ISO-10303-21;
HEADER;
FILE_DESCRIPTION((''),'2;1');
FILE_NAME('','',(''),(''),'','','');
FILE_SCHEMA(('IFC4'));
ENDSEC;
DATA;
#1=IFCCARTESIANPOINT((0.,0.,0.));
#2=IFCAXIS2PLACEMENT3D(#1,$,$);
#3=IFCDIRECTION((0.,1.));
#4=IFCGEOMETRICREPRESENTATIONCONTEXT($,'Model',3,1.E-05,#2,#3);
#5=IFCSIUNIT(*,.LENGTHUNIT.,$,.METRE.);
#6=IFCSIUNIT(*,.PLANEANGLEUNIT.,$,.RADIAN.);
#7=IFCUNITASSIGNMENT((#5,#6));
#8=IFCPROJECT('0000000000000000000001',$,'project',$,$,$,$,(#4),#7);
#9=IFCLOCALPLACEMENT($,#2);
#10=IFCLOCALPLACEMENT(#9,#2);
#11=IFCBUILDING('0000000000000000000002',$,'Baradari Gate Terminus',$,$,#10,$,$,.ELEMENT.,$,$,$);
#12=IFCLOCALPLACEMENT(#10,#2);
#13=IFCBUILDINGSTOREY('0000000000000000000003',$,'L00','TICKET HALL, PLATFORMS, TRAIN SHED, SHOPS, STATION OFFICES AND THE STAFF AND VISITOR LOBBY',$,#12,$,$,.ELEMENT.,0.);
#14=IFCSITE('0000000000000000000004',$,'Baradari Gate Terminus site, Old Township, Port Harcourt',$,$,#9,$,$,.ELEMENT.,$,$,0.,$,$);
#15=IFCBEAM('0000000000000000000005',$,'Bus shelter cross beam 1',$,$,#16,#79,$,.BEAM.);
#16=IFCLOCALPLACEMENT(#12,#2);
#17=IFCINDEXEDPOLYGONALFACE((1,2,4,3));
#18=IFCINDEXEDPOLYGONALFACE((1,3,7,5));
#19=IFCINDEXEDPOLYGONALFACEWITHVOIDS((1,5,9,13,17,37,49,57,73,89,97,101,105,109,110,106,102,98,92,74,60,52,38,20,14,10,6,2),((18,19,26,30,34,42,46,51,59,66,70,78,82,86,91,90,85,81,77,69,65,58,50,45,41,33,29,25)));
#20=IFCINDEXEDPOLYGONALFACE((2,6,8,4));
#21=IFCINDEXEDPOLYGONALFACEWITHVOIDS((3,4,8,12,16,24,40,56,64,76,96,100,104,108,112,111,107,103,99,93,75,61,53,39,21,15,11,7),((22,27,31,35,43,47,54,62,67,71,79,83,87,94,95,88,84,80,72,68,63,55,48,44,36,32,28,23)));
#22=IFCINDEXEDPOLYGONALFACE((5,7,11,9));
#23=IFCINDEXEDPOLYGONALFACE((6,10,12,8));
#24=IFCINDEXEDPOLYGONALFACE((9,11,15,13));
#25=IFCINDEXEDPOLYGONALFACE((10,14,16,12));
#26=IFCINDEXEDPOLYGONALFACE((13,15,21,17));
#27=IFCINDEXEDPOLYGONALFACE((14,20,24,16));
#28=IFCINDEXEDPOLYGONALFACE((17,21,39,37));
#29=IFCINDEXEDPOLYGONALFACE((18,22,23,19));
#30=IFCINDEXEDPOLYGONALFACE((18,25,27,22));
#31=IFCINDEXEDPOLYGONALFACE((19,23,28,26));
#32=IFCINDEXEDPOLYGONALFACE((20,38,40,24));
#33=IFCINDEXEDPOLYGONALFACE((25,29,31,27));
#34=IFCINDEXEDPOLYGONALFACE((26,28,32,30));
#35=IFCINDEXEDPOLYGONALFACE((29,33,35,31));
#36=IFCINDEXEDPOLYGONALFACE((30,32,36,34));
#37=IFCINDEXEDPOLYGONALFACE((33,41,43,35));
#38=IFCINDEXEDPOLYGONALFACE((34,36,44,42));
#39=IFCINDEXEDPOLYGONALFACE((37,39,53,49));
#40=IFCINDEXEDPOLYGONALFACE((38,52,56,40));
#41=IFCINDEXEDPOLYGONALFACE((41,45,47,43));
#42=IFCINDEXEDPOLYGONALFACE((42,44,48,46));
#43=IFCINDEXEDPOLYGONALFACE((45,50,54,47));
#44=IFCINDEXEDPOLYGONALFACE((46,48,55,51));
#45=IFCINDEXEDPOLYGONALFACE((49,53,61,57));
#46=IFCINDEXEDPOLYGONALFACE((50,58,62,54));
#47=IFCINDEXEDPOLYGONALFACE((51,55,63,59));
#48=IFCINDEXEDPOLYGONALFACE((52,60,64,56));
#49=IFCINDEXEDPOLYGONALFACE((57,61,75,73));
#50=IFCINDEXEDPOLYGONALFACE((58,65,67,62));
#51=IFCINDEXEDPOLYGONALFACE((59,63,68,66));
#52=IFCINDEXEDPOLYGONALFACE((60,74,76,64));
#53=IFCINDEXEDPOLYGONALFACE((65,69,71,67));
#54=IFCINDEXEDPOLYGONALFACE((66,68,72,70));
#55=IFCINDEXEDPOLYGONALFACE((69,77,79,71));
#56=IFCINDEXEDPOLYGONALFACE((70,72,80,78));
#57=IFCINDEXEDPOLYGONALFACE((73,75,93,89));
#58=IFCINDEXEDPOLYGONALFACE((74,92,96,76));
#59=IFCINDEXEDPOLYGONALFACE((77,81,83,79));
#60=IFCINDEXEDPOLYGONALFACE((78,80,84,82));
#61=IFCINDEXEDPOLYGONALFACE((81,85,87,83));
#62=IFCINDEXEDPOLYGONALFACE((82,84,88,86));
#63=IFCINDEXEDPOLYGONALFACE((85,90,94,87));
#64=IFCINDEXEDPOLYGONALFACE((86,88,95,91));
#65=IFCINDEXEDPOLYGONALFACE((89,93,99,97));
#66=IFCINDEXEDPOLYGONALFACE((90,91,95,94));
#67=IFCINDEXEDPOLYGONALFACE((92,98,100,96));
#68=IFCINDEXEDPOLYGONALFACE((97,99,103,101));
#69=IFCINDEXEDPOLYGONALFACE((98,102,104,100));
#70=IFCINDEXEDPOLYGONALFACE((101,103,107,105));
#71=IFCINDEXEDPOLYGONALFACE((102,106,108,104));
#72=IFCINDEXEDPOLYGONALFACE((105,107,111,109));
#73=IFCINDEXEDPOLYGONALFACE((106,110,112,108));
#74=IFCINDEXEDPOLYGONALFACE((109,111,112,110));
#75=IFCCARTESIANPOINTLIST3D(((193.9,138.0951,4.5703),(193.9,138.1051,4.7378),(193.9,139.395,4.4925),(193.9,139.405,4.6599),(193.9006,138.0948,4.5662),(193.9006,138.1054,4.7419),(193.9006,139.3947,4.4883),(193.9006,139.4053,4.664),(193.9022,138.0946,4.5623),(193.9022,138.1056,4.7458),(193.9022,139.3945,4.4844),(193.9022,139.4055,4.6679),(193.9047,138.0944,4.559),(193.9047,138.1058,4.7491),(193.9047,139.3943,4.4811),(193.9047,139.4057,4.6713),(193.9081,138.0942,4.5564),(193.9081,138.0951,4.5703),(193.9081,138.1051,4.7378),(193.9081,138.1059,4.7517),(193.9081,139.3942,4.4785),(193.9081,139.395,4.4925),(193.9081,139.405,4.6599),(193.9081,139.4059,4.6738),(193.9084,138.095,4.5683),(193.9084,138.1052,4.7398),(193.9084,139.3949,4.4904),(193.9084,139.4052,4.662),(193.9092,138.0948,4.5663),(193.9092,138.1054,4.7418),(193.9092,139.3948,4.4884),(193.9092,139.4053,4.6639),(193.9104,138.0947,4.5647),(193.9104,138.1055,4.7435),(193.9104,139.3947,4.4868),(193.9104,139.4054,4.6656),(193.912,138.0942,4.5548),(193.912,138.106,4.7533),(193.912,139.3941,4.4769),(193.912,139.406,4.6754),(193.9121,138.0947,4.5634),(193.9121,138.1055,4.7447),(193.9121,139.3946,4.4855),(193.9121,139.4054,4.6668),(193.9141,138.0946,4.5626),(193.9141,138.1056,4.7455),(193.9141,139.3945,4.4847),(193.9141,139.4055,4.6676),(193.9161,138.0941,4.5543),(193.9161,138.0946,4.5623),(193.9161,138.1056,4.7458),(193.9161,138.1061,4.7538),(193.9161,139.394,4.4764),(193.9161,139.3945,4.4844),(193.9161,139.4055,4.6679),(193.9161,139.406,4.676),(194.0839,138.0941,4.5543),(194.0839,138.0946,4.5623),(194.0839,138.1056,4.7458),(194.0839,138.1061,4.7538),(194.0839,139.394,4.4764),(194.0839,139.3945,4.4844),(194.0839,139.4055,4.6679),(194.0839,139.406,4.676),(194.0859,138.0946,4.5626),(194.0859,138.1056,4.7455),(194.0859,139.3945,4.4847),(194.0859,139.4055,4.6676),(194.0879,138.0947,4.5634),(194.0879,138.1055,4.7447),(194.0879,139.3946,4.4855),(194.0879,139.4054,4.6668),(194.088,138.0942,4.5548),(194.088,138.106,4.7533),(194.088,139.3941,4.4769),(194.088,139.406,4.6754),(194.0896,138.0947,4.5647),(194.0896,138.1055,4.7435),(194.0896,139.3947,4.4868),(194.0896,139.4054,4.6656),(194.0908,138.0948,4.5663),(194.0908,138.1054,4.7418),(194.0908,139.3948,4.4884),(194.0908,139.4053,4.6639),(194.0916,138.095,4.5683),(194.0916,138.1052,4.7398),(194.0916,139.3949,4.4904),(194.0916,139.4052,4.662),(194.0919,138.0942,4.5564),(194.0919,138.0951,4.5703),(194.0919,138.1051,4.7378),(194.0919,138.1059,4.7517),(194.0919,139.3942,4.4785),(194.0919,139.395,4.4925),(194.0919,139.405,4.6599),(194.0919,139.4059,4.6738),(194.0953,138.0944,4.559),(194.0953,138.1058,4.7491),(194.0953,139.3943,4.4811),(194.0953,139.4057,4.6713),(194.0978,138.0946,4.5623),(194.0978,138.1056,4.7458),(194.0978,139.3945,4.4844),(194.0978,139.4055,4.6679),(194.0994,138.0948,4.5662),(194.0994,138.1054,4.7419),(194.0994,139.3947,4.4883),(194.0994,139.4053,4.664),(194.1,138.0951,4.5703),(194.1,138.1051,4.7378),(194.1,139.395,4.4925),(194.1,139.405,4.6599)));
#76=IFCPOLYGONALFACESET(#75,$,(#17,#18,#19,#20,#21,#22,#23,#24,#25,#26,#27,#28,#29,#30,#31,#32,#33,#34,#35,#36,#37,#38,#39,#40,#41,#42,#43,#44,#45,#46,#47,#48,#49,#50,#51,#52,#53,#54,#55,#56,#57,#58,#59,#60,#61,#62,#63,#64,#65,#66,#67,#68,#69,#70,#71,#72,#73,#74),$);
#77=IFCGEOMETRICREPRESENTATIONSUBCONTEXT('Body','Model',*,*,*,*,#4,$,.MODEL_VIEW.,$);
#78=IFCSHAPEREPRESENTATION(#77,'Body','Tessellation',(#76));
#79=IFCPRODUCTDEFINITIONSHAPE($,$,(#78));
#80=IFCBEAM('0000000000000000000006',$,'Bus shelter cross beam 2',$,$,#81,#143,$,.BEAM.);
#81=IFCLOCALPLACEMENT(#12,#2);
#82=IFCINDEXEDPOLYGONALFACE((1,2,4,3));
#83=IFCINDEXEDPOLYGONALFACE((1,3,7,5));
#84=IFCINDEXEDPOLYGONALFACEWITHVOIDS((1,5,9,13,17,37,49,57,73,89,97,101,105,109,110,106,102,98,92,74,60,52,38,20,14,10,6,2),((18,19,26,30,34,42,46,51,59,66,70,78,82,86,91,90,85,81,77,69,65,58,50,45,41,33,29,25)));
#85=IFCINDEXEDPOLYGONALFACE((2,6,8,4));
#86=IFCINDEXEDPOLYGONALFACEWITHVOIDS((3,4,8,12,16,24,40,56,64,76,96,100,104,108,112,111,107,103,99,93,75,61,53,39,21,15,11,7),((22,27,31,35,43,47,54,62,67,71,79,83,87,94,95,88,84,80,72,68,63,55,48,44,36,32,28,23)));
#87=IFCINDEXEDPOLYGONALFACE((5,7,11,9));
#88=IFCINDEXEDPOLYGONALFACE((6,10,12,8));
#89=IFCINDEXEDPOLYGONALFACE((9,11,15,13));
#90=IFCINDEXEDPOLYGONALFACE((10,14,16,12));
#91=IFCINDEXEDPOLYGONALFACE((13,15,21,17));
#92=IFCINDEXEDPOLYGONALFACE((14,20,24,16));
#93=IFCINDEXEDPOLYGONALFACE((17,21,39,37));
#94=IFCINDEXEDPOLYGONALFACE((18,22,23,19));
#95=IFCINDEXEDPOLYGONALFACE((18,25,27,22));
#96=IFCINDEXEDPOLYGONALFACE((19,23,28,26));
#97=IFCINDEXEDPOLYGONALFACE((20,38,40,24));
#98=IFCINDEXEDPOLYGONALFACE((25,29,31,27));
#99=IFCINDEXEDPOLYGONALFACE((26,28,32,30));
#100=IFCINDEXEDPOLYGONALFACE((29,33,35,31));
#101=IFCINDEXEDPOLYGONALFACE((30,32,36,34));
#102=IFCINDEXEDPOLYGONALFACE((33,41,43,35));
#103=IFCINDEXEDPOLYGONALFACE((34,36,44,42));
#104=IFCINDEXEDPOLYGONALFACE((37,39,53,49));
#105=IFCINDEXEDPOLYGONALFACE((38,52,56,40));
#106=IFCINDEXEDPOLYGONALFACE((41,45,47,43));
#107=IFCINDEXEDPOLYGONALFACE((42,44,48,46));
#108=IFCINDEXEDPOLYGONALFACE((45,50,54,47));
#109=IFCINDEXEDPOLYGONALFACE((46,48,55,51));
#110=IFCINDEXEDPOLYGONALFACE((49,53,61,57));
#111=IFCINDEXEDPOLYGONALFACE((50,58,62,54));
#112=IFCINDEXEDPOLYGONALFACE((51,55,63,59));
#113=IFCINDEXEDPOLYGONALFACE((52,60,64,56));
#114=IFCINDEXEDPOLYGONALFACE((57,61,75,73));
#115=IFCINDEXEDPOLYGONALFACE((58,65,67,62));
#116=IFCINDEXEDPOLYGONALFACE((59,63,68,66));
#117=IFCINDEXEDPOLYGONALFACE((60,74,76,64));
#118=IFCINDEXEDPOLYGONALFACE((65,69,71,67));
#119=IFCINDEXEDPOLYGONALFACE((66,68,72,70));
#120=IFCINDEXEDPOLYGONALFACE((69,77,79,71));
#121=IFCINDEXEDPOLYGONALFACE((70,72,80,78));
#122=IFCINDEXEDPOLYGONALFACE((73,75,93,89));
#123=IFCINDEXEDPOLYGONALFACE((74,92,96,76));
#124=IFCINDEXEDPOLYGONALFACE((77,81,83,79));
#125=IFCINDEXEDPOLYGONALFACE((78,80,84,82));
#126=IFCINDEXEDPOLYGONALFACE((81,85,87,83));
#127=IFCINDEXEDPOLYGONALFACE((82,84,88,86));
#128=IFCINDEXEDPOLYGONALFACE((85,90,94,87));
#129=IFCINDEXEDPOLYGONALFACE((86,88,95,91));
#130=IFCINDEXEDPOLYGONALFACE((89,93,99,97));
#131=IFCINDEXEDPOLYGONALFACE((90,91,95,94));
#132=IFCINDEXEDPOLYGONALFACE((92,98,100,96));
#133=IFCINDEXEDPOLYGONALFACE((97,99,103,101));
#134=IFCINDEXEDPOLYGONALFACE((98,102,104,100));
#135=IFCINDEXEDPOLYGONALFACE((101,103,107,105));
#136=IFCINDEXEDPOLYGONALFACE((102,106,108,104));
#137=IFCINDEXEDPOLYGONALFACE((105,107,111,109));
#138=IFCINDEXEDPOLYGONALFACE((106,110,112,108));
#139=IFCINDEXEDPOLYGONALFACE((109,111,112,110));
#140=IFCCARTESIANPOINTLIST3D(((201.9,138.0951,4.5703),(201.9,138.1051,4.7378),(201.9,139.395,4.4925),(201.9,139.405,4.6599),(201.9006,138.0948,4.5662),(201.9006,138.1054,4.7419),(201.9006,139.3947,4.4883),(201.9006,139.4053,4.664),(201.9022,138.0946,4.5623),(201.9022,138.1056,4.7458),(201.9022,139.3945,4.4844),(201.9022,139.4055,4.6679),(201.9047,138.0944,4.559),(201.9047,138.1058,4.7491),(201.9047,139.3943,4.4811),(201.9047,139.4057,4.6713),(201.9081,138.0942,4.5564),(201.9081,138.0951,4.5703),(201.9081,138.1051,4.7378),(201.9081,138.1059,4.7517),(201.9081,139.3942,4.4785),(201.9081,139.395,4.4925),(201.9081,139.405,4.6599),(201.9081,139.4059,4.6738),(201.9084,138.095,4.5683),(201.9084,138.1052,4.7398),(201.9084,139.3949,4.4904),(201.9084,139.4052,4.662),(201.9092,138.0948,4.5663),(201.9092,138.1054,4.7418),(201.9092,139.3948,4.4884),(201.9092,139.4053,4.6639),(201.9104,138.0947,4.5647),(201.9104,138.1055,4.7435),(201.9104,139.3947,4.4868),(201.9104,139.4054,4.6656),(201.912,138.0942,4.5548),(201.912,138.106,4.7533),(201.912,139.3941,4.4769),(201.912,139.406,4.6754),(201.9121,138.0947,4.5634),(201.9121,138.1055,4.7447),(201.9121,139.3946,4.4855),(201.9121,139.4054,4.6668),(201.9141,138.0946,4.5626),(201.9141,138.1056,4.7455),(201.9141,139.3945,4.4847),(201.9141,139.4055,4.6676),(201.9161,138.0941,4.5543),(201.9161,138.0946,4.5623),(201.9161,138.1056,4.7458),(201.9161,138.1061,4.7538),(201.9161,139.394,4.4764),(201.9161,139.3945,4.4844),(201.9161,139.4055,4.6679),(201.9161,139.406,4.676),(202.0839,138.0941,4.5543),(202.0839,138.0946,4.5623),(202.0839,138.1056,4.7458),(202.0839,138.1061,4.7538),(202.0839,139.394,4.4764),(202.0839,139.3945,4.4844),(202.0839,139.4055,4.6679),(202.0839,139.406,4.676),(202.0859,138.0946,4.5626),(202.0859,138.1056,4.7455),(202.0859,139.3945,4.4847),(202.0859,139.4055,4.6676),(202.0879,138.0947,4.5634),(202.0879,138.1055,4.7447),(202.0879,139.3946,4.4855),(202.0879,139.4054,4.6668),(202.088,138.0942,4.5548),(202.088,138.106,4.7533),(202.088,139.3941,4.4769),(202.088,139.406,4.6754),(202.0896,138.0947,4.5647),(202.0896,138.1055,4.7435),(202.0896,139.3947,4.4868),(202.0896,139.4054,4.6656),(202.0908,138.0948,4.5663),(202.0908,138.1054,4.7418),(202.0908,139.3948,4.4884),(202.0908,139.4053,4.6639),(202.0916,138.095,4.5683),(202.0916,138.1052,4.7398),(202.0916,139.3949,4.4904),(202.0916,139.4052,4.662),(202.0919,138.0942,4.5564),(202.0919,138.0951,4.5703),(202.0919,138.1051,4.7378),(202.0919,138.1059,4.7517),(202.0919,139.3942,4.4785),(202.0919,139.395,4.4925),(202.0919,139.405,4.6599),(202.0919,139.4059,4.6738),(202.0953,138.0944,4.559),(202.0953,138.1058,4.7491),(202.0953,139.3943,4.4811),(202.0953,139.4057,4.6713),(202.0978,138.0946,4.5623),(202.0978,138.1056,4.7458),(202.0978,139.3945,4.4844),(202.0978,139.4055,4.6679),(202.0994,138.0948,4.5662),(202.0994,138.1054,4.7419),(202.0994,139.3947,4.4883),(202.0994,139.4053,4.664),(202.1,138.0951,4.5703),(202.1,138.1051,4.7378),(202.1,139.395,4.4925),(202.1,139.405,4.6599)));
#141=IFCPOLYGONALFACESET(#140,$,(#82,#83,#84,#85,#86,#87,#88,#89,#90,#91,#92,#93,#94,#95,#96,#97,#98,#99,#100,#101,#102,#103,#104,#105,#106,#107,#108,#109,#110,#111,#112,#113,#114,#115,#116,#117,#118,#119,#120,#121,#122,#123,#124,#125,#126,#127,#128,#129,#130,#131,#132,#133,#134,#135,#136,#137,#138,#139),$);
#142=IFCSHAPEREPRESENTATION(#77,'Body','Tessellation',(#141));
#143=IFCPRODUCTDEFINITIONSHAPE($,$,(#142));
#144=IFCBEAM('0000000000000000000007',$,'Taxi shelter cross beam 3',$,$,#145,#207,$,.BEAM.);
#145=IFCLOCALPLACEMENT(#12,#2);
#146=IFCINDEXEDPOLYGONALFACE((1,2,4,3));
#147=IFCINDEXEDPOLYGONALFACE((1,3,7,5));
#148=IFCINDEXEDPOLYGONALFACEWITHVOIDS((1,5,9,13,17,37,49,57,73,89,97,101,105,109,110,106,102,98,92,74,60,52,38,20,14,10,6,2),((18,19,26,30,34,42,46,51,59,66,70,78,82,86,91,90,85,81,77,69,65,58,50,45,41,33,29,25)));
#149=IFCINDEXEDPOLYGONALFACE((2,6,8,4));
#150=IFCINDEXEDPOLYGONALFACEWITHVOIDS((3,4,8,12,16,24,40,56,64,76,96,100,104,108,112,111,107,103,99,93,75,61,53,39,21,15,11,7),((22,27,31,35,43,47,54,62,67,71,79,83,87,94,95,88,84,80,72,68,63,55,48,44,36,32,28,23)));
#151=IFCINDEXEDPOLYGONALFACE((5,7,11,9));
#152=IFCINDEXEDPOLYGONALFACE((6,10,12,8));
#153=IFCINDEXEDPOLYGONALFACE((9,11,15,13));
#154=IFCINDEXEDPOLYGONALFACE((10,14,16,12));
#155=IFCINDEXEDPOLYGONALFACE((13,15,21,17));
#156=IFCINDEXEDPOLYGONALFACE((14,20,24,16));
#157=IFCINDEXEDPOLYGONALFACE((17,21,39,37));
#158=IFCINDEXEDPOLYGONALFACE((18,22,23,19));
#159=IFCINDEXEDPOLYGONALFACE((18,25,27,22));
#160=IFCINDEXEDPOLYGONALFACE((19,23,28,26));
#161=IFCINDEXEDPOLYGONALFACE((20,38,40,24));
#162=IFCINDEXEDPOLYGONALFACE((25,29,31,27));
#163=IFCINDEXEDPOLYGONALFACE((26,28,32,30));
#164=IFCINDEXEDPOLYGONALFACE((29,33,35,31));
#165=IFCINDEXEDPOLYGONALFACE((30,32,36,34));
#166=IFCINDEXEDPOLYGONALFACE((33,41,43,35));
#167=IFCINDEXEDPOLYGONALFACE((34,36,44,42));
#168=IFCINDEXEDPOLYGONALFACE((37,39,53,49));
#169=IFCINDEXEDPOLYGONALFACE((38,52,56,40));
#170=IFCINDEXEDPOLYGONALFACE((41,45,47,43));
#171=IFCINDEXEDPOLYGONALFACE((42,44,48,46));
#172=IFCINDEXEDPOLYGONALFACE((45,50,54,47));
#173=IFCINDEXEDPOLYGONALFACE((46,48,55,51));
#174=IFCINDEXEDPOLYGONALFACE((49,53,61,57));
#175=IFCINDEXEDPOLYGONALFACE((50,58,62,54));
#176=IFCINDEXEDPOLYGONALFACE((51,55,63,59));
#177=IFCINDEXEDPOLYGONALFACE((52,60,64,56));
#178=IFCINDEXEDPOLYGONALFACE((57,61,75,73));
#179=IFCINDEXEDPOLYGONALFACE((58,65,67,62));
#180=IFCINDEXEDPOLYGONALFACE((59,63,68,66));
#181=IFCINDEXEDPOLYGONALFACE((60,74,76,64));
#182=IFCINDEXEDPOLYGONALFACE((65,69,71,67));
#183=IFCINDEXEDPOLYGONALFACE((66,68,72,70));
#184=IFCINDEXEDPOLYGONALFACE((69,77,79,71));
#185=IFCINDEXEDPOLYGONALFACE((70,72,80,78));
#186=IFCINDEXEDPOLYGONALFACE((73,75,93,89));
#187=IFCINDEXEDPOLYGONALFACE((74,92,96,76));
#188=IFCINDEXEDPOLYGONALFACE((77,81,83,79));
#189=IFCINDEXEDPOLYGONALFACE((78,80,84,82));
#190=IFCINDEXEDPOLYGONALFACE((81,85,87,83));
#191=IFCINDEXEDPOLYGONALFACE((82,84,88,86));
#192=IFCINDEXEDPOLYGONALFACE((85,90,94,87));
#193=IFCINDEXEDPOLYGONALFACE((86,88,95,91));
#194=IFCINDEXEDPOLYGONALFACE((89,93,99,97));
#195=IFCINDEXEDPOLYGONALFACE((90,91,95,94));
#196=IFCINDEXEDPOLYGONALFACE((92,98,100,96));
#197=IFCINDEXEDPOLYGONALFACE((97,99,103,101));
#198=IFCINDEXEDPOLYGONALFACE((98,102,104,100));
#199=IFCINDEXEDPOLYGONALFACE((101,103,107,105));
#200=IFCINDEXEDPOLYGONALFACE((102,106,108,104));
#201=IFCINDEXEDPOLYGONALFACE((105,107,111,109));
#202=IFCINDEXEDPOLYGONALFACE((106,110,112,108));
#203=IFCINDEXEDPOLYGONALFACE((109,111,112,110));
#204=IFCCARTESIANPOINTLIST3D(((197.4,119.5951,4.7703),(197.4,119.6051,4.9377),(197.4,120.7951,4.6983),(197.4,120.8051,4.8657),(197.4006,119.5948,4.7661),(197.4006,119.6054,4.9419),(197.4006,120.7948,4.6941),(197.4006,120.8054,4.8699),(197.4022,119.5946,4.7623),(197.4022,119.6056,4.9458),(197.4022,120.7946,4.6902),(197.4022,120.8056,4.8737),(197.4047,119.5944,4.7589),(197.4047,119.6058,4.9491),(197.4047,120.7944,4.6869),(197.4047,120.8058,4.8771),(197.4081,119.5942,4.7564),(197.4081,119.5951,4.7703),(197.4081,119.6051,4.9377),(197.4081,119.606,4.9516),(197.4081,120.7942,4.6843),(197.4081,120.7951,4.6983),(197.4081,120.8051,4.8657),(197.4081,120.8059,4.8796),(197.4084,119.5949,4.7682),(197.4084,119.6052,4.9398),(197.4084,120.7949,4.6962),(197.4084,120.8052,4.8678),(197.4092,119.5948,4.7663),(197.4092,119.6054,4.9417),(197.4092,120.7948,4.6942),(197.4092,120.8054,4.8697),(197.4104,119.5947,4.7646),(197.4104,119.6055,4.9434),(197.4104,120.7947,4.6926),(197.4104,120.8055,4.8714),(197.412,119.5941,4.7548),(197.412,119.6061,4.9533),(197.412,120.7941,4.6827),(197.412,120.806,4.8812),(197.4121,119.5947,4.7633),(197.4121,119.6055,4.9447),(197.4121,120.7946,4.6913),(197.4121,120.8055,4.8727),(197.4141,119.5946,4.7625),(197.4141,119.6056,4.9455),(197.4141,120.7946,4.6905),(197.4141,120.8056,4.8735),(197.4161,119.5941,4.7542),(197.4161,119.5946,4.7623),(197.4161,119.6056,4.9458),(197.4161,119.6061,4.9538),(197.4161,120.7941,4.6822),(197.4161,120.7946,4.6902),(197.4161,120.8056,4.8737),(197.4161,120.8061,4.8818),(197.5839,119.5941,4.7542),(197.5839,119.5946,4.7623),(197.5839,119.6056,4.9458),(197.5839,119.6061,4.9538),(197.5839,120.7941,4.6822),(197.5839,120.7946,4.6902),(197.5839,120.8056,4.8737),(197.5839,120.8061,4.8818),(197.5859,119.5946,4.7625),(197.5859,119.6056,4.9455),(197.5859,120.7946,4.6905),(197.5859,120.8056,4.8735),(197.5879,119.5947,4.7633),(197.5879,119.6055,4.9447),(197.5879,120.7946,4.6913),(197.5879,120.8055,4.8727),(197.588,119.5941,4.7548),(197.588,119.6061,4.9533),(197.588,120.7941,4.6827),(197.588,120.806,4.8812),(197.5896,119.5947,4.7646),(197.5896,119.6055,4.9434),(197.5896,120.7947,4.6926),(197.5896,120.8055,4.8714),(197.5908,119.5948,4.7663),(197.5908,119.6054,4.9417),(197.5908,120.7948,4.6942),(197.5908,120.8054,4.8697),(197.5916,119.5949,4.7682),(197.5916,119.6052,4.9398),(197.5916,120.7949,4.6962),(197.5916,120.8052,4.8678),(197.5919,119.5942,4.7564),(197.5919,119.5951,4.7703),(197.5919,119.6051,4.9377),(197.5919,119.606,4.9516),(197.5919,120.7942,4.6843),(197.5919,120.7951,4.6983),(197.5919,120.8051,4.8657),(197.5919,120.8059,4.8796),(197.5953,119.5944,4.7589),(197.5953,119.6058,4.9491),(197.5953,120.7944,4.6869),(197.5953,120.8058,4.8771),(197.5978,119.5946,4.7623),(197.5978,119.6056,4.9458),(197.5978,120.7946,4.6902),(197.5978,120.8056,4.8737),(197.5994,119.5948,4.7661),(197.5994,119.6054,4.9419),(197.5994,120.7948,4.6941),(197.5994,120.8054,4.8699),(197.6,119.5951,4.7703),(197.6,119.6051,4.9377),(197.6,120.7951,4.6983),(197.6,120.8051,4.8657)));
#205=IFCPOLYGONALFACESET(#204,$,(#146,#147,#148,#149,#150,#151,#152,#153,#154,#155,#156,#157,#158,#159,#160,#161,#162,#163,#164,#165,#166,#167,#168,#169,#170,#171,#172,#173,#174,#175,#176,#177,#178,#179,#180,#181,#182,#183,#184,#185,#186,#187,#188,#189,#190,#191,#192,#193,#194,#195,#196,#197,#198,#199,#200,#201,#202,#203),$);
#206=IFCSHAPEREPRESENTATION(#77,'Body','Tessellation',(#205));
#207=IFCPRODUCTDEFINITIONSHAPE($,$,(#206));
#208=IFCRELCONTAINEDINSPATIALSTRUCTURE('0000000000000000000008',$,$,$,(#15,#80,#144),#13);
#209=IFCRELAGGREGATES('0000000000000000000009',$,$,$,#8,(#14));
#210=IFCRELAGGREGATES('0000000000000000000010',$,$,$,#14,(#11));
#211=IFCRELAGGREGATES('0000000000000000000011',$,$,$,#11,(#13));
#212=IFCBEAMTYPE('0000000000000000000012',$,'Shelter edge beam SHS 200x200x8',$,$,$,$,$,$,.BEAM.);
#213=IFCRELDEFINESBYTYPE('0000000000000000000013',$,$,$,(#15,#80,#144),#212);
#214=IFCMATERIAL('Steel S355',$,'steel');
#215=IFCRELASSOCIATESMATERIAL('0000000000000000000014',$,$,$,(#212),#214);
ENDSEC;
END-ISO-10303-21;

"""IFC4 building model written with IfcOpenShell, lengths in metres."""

from ifc_helpers import new_model, si_unit, direction, frame, origin, origin_2d, place, context, subcontext, project, spatial, hollow_rectangle, extrude, material, material_profile, profile_set, type_object, element, save


model = new_model("IFC4")

# Units and contexts
model_context = context("Model", 3, precision=1e-05, world=origin(), true_north=direction((0.0, 1.0)))
body_context = subcontext(model_context, "Body", "Model", "MODEL_VIEW")
ifc_project = project(units=[si_unit("LENGTHUNIT", "METRE"), si_unit("PLANEANGLEUNIT", "RADIAN")], contexts=[model_context])

# Site, building, storey
site_placement = place(None, origin())
site = spatial("IfcSite", under=ifc_project, at=site_placement, Name="Baradari Gate Terminus site, Old Township, Port Harcourt", CompositionType="ELEMENT", RefElevation=0.0)
building_placement = place(site_placement, origin())
building = spatial("IfcBuilding", under=site, at=building_placement, Name="Baradari Gate Terminus", CompositionType="ELEMENT")
storey_placement = place(building_placement, origin())
storey = spatial("IfcBuildingStorey", under=building, at=storey_placement, Name="L00", Description="TICKET HALL, PLATFORMS, TRAIN SHED, SHOPS, STATION OFFICES AND THE STAFF AND VISITOR LOBBY", CompositionType="ELEMENT", Elevation=0.0)

# Beams
ifc_material_1 = material(Name="Steel S355", Category="steel")
ifc_material_profile_1 = material_profile(ifc_material_1, hollow_rectangle(XDim=0.2, YDim=0.2, WallThickness=0.0081, InnerFilletRadius=0.0081, OuterFilletRadius=0.0161, at=origin_2d()), Name="SHS 200x200x8")
ifc_profile_set_1 = profile_set([ifc_material_profile_1], Name="Steel S355")
beam_type = type_object("IfcBeamType", Name="Shelter edge beam SHS 200x200x8", PredefinedType="BEAM", material=ifc_profile_set_1)
for number, where, z_axis, x_axis, name in (
    (1, (194.0, 138.1001, 4.6541), (0.0, 0.99821, -0.05981), (-1.0, 0.0, 0.0), "Bus shelter cross beam 1"),
    (2, (202.0, 138.1001, 4.6541), (0.0, 0.99821, -0.05981), (-1.0, 0.0, 0.0), "Bus shelter cross beam 2"),
):
    element("IfcBeam", number, at=place(storey_placement, frame(where, z_axis=z_axis, x_axis=x_axis)), inside=storey, type_object=beam_type, Name=name, PredefinedType="BEAM", context=body_context, shape_type="SweptSolid", body=[
        extrude(hollow_rectangle(XDim=0.2, YDim=0.2, WallThickness=0.0081, InnerFilletRadius=0.0081, OuterFilletRadius=0.0161, at=origin_2d()), origin(), (0.0, 0.0, 1.0), 1.3022),
    ])
beam_placement = place(storey_placement, frame((197.5, 119.6001, 4.854), z_axis=(0.0, 0.998204, -0.059913), x_axis=(-1.0, 0.0, 0.0)))
element("IfcBeam", 3, at=beam_placement, inside=storey, type_object=beam_type, Name="Taxi shelter cross beam 3", PredefinedType="BEAM", context=body_context, shape_type="SweptSolid", body=[
    extrude(hollow_rectangle(XDim=0.2, YDim=0.2, WallThickness=0.0081, InnerFilletRadius=0.0081, OuterFilletRadius=0.0161, at=origin_2d()), origin(), (0.0, 0.0, 1.0), 1.2021),
])

save(model, "model.ifc")
